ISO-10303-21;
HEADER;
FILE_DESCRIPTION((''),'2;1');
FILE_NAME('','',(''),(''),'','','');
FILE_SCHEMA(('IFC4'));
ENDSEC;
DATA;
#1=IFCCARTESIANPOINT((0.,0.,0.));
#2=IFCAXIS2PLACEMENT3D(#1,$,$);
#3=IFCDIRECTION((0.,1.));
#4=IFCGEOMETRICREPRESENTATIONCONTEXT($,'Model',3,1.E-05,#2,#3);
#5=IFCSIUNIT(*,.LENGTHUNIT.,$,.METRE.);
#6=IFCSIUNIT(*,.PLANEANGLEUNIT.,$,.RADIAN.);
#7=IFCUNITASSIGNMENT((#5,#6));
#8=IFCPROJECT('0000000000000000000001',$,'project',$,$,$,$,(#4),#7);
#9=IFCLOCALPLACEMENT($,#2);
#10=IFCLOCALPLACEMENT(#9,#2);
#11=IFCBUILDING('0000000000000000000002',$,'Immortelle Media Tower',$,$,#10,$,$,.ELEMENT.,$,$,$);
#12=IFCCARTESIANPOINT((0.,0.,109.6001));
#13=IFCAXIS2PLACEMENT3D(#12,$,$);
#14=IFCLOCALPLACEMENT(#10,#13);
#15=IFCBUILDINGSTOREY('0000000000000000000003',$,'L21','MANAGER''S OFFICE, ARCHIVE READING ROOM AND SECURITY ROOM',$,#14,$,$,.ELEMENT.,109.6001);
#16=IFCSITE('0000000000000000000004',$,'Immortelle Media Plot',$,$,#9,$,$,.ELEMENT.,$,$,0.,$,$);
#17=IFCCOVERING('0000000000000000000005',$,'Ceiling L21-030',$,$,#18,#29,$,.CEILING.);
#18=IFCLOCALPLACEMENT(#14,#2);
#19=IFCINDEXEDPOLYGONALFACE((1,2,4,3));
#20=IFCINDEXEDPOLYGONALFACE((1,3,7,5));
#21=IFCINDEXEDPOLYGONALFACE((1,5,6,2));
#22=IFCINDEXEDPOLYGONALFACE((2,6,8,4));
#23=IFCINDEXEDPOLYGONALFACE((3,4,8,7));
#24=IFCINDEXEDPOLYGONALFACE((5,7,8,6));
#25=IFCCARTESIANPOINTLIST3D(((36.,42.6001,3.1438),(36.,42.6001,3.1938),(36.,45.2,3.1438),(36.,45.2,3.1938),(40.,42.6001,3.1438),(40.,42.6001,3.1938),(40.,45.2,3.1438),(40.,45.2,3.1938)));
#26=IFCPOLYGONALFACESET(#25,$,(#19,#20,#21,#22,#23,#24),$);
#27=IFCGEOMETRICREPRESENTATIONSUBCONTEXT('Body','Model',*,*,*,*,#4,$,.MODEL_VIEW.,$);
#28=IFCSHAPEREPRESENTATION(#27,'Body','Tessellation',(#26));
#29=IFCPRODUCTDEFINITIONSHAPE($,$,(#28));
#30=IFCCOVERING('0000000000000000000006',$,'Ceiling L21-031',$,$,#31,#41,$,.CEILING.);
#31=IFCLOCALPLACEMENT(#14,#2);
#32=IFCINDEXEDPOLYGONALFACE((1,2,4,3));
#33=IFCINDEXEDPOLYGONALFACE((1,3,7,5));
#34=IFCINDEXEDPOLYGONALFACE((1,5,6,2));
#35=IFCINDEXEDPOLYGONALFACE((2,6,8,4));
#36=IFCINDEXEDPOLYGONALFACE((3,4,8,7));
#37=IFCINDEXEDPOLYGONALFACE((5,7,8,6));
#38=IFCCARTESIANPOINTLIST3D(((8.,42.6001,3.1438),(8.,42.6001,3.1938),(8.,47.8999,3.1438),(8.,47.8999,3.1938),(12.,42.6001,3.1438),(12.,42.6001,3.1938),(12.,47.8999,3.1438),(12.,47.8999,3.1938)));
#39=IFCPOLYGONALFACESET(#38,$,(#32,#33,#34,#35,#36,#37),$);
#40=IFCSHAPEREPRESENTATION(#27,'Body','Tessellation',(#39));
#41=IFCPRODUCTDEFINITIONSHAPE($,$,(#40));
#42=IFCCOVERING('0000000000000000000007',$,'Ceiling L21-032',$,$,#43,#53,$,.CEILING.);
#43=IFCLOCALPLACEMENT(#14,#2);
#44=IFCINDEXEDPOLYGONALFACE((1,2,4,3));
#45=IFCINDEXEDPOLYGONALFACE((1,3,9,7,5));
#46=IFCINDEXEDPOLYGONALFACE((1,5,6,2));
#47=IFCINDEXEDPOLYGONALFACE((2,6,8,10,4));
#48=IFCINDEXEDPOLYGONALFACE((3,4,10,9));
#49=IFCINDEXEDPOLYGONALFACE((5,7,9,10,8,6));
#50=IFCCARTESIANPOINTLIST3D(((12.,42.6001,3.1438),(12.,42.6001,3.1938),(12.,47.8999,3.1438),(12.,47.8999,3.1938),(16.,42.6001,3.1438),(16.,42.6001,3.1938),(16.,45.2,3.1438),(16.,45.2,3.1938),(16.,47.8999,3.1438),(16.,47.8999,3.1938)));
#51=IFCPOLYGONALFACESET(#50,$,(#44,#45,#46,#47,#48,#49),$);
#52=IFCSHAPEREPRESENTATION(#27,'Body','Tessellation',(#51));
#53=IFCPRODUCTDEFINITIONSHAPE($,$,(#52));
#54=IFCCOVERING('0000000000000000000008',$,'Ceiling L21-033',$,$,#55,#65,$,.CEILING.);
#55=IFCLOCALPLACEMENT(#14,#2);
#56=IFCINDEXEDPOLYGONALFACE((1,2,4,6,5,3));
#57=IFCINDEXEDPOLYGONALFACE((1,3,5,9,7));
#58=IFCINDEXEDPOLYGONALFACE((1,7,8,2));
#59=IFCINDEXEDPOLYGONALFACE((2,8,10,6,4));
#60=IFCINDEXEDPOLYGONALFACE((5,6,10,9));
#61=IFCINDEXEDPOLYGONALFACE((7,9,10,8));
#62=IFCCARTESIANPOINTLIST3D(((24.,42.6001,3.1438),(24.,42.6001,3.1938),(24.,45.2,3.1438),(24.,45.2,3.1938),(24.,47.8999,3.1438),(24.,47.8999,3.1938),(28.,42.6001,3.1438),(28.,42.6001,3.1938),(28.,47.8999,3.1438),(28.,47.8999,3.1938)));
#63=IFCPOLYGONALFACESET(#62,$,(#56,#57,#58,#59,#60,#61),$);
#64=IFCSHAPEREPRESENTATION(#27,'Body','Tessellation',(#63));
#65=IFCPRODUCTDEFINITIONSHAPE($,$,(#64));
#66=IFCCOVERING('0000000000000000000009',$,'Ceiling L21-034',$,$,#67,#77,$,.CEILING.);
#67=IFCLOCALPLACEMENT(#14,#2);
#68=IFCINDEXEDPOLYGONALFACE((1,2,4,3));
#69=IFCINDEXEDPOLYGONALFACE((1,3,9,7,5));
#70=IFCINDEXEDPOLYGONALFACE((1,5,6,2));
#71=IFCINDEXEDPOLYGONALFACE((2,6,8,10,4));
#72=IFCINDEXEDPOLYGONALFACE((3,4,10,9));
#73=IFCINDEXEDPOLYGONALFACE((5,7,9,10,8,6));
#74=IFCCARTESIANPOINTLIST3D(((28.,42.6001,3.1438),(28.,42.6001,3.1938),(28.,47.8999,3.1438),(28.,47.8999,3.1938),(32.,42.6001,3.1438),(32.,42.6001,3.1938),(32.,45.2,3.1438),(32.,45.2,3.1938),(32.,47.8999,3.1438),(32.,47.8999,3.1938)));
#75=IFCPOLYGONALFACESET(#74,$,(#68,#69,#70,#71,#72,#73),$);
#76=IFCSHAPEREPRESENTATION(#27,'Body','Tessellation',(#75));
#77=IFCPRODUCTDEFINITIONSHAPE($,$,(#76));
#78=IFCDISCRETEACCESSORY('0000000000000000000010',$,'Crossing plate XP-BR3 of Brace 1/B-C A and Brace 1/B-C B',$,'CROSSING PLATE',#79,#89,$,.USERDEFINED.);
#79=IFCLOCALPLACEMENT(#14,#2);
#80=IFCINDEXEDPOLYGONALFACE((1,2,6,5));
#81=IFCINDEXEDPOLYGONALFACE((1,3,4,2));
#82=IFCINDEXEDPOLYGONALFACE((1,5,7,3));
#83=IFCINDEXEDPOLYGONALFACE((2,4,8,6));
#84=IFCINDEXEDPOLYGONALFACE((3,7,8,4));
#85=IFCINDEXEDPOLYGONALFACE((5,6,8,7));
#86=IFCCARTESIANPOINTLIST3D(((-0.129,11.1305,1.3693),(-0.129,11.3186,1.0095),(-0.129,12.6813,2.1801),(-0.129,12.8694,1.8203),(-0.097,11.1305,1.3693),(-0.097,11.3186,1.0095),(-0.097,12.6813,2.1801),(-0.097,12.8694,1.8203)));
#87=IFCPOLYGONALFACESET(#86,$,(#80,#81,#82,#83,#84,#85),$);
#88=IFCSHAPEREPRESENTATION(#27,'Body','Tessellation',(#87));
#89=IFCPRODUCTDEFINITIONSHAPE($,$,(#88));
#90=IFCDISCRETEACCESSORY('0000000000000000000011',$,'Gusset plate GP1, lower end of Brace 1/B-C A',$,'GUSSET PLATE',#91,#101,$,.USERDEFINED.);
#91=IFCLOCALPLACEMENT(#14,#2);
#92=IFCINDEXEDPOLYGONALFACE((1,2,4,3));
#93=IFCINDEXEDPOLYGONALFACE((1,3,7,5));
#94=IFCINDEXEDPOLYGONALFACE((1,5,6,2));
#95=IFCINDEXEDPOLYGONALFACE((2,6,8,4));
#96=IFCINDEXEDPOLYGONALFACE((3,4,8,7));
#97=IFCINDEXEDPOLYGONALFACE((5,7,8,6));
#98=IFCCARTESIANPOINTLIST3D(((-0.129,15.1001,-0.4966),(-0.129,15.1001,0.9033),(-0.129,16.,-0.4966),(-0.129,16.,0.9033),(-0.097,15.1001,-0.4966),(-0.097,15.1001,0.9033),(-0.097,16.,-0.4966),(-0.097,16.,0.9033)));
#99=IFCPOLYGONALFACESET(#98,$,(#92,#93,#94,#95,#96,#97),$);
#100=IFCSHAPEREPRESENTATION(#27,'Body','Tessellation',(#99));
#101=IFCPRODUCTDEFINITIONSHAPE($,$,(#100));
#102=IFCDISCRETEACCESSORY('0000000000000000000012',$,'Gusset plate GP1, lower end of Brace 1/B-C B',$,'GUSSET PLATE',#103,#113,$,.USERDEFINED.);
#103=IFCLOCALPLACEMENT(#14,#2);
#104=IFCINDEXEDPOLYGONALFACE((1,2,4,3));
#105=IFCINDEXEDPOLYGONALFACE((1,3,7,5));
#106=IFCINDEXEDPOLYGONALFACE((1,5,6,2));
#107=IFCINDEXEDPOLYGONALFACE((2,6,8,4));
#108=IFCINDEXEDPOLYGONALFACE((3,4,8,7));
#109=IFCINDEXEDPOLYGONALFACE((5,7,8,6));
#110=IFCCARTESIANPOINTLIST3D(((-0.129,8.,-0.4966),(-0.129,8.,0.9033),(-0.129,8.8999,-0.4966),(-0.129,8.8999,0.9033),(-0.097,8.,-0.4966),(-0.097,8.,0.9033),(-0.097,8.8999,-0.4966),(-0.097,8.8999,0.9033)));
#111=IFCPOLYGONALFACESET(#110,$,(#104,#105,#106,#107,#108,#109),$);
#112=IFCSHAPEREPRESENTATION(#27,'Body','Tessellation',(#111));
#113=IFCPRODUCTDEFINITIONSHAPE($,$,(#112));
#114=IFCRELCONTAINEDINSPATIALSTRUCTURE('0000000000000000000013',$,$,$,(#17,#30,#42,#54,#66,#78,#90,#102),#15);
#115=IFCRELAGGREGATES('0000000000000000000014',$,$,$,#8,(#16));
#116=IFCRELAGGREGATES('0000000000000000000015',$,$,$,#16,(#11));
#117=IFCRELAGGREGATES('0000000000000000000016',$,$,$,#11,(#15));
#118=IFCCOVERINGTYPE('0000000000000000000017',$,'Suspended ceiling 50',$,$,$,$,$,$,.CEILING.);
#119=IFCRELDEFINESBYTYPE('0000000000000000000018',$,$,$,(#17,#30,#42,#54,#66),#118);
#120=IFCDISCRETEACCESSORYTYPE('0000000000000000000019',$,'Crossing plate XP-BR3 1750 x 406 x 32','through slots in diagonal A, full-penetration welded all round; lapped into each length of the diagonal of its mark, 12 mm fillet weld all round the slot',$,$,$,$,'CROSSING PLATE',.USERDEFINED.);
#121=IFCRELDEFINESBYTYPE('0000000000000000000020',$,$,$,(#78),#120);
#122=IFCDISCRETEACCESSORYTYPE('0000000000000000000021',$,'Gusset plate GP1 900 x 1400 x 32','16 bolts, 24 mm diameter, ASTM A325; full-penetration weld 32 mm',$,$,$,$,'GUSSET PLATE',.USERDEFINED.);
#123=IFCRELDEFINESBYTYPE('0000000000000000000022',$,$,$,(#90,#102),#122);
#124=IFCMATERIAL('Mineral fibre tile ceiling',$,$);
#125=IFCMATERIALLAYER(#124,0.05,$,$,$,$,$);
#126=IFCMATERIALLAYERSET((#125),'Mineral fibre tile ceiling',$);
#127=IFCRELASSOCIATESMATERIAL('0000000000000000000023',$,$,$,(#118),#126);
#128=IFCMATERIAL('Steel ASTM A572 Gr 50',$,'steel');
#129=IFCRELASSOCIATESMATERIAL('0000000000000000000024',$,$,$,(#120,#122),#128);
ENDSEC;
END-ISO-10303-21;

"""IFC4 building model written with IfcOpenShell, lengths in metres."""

from ifc_helpers import new_model, si_unit, direction, frame, origin, origin_2d, place, context, subcontext, project, spatial, polyline, rectangle, outline, extrude, material, layer, layer_set, material_profile, profile_set, type_object, element, save


model = new_model("IFC4")

# Units and contexts
model_context = context("Model", 3, precision=1e-05, world=origin(), true_north=direction((0.0, 1.0)))
body_context = subcontext(model_context, "Body", "Model", "MODEL_VIEW")
ifc_project = project(units=[si_unit("LENGTHUNIT", "METRE"), si_unit("PLANEANGLEUNIT", "RADIAN")], contexts=[model_context])

# Site, building, storey
site_placement = place(None, origin())
site = spatial("IfcSite", under=ifc_project, at=site_placement, Name="Immortelle Media Plot", CompositionType="ELEMENT", RefElevation=0.0)
building_placement = place(site_placement, origin())
building = spatial("IfcBuilding", under=site, at=building_placement, Name="Immortelle Media Tower", CompositionType="ELEMENT")
storey_placement = place(building_placement, frame((0.0, 0.0, 109.6001)))
storey = spatial("IfcBuildingStorey", under=building, at=storey_placement, Name="L21", Description="MANAGER'S OFFICE, ARCHIVE READING ROOM AND SECURITY ROOM", CompositionType="ELEMENT", Elevation=109.6001)

# Coverings
ifc_material_1 = material(Name="Mineral fibre tile ceiling")
ifc_layer = layer(ifc_material_1, 0.05)
ifc_layer_set = layer_set([ifc_layer], Name="Mineral fibre tile ceiling")
covering_type = type_object("IfcCoveringType", Name="Suspended ceiling 50", PredefinedType="CEILING", material=ifc_layer_set)
covering_1_placement = place(storey_placement, frame((0.0, 0.0, 3.1438)))
element("IfcCovering", 1, at=covering_1_placement, inside=storey, type_object=covering_type, Name="Ceiling L21-030", PredefinedType="CEILING", context=body_context, shape_type="SweptSolid", body=[
    extrude(outline(polyline([(40.0, 45.2), (40.0, 42.6001), (36.0, 42.6001), (36.0, 45.2), (40.0, 45.2)])), origin(), (0.0, 0.0, 1.0), 0.05),
])
covering_2_placement = place(storey_placement, frame((0.0, 0.0, 3.1438)))
element("IfcCovering", 2, at=covering_2_placement, inside=storey, type_object=covering_type, Name="Ceiling L21-031", PredefinedType="CEILING", context=body_context, shape_type="SweptSolid", body=[
    extrude(outline(polyline([(8.0, 47.8999), (12.0, 47.8999), (12.0, 42.6001), (8.0, 42.6001), (8.0, 47.8999)])), origin(), (0.0, 0.0, 1.0), 0.05),
])
covering_3_placement = place(storey_placement, frame((0.0, 0.0, 3.1438)))
element("IfcCovering", 3, at=covering_3_placement, inside=storey, type_object=covering_type, Name="Ceiling L21-032", PredefinedType="CEILING", context=body_context, shape_type="SweptSolid", body=[
    extrude(outline(polyline([(16.0, 47.8999), (16.0, 45.2), (16.0, 42.6001), (12.0, 42.6001), (12.0, 47.8999), (16.0, 47.8999)])), origin(), (0.0, 0.0, 1.0), 0.05),
])
covering_4_placement = place(storey_placement, frame((0.0, 0.0, 3.1438)))
element("IfcCovering", 4, at=covering_4_placement, inside=storey, type_object=covering_type, Name="Ceiling L21-033", PredefinedType="CEILING", context=body_context, shape_type="SweptSolid", body=[
    extrude(outline(polyline([(24.0, 45.2), (24.0, 47.8999), (28.0, 47.8999), (28.0, 42.6001), (24.0, 42.6001), (24.0, 45.2)])), origin(), (0.0, 0.0, 1.0), 0.05),
])
covering_5_placement = place(storey_placement, frame((0.0, 0.0, 3.1438)))
element("IfcCovering", 5, at=covering_5_placement, inside=storey, type_object=covering_type, Name="Ceiling L21-034", PredefinedType="CEILING", context=body_context, shape_type="SweptSolid", body=[
    extrude(outline(polyline([(32.0, 47.8999), (32.0, 45.2), (32.0, 42.6001), (28.0, 42.6001), (28.0, 47.8999), (32.0, 47.8999)])), origin(), (0.0, 0.0, 1.0), 0.05),
])

# Discrete accessories
ifc_material_2 = material(Name="Steel ASTM A572 Gr 50", Category="steel")
ifc_material_profile_1 = material_profile(ifc_material_2, rectangle(XDim=0.032, YDim=0.406, at=origin_2d()), Name="PL 32 x 406")
ifc_profile_set_1 = profile_set([ifc_material_profile_1], Name="Steel ASTM A572 Gr 50")
discrete_accessory_type_1 = type_object("IfcDiscreteAccessoryType", Name="Crossing plate XP-BR3 1750 x 406 x 32", Description="through slots in diagonal A, full-penetration welded all round; lapped into each length of the diagonal of its mark, 12 mm fillet weld all round the slot", ElementType="CROSSING PLATE", PredefinedType="USERDEFINED", material=ifc_profile_set_1)
discrete_accessory_placement = place(storey_placement, frame((-0.113, 12.7754, 2.0002), z_axis=(0.0, -0.886189, -0.463324), x_axis=(1.0, 0.0, 0.0)))
element("IfcDiscreteAccessory", 6, at=discrete_accessory_placement, inside=storey, type_object=discrete_accessory_type_1, Name="Crossing plate XP-BR3 of Brace 1/B-C A and Brace 1/B-C B", ObjectType="CROSSING PLATE", PredefinedType="USERDEFINED", context=body_context, shape_type="SweptSolid", body=[
    extrude(rectangle(XDim=0.032, YDim=0.406, at=origin_2d()), origin(), (0.0, 0.0, 1.0), 1.75),
])
ifc_material_profile_2 = material_profile(ifc_material_2, rectangle(XDim=0.032, YDim=1.3999, at=origin_2d()), Name="PL 32 x 1400")
ifc_profile_set_2 = profile_set([ifc_material_profile_2], Name="Steel ASTM A572 Gr 50")
discrete_accessory_type_2 = type_object("IfcDiscreteAccessoryType", Name="Gusset plate GP1 900 x 1400 x 32", Description="16 bolts, 24 mm diameter, ASTM A325; full-penetration weld 32 mm", ElementType="GUSSET PLATE", PredefinedType="USERDEFINED", material=ifc_profile_set_2)
for number, where, z_axis, x_axis, name in (
    (7, (-0.113, 16.0, 0.2034), (0.0, -1.0, 0.0), (1.0, 0.0, 0.0), "Gusset plate GP1, lower end of Brace 1/B-C A"),
    (8, (-0.113, 8.0, 0.2034), (0.0, 1.0, 0.0), (-1.0, 0.0, 0.0), "Gusset plate GP1, lower end of Brace 1/B-C B"),
):
    element("IfcDiscreteAccessory", number, at=place(storey_placement, frame(where, z_axis=z_axis, x_axis=x_axis)), inside=storey, type_object=discrete_accessory_type_2, Name=name, ObjectType="GUSSET PLATE", PredefinedType="USERDEFINED", context=body_context, shape_type="SweptSolid", body=[
        extrude(rectangle(XDim=0.032, YDim=1.3999, at=origin_2d()), origin(), (0.0, 0.0, 1.0), 0.8999),
    ])

save(model, "model.ifc")
